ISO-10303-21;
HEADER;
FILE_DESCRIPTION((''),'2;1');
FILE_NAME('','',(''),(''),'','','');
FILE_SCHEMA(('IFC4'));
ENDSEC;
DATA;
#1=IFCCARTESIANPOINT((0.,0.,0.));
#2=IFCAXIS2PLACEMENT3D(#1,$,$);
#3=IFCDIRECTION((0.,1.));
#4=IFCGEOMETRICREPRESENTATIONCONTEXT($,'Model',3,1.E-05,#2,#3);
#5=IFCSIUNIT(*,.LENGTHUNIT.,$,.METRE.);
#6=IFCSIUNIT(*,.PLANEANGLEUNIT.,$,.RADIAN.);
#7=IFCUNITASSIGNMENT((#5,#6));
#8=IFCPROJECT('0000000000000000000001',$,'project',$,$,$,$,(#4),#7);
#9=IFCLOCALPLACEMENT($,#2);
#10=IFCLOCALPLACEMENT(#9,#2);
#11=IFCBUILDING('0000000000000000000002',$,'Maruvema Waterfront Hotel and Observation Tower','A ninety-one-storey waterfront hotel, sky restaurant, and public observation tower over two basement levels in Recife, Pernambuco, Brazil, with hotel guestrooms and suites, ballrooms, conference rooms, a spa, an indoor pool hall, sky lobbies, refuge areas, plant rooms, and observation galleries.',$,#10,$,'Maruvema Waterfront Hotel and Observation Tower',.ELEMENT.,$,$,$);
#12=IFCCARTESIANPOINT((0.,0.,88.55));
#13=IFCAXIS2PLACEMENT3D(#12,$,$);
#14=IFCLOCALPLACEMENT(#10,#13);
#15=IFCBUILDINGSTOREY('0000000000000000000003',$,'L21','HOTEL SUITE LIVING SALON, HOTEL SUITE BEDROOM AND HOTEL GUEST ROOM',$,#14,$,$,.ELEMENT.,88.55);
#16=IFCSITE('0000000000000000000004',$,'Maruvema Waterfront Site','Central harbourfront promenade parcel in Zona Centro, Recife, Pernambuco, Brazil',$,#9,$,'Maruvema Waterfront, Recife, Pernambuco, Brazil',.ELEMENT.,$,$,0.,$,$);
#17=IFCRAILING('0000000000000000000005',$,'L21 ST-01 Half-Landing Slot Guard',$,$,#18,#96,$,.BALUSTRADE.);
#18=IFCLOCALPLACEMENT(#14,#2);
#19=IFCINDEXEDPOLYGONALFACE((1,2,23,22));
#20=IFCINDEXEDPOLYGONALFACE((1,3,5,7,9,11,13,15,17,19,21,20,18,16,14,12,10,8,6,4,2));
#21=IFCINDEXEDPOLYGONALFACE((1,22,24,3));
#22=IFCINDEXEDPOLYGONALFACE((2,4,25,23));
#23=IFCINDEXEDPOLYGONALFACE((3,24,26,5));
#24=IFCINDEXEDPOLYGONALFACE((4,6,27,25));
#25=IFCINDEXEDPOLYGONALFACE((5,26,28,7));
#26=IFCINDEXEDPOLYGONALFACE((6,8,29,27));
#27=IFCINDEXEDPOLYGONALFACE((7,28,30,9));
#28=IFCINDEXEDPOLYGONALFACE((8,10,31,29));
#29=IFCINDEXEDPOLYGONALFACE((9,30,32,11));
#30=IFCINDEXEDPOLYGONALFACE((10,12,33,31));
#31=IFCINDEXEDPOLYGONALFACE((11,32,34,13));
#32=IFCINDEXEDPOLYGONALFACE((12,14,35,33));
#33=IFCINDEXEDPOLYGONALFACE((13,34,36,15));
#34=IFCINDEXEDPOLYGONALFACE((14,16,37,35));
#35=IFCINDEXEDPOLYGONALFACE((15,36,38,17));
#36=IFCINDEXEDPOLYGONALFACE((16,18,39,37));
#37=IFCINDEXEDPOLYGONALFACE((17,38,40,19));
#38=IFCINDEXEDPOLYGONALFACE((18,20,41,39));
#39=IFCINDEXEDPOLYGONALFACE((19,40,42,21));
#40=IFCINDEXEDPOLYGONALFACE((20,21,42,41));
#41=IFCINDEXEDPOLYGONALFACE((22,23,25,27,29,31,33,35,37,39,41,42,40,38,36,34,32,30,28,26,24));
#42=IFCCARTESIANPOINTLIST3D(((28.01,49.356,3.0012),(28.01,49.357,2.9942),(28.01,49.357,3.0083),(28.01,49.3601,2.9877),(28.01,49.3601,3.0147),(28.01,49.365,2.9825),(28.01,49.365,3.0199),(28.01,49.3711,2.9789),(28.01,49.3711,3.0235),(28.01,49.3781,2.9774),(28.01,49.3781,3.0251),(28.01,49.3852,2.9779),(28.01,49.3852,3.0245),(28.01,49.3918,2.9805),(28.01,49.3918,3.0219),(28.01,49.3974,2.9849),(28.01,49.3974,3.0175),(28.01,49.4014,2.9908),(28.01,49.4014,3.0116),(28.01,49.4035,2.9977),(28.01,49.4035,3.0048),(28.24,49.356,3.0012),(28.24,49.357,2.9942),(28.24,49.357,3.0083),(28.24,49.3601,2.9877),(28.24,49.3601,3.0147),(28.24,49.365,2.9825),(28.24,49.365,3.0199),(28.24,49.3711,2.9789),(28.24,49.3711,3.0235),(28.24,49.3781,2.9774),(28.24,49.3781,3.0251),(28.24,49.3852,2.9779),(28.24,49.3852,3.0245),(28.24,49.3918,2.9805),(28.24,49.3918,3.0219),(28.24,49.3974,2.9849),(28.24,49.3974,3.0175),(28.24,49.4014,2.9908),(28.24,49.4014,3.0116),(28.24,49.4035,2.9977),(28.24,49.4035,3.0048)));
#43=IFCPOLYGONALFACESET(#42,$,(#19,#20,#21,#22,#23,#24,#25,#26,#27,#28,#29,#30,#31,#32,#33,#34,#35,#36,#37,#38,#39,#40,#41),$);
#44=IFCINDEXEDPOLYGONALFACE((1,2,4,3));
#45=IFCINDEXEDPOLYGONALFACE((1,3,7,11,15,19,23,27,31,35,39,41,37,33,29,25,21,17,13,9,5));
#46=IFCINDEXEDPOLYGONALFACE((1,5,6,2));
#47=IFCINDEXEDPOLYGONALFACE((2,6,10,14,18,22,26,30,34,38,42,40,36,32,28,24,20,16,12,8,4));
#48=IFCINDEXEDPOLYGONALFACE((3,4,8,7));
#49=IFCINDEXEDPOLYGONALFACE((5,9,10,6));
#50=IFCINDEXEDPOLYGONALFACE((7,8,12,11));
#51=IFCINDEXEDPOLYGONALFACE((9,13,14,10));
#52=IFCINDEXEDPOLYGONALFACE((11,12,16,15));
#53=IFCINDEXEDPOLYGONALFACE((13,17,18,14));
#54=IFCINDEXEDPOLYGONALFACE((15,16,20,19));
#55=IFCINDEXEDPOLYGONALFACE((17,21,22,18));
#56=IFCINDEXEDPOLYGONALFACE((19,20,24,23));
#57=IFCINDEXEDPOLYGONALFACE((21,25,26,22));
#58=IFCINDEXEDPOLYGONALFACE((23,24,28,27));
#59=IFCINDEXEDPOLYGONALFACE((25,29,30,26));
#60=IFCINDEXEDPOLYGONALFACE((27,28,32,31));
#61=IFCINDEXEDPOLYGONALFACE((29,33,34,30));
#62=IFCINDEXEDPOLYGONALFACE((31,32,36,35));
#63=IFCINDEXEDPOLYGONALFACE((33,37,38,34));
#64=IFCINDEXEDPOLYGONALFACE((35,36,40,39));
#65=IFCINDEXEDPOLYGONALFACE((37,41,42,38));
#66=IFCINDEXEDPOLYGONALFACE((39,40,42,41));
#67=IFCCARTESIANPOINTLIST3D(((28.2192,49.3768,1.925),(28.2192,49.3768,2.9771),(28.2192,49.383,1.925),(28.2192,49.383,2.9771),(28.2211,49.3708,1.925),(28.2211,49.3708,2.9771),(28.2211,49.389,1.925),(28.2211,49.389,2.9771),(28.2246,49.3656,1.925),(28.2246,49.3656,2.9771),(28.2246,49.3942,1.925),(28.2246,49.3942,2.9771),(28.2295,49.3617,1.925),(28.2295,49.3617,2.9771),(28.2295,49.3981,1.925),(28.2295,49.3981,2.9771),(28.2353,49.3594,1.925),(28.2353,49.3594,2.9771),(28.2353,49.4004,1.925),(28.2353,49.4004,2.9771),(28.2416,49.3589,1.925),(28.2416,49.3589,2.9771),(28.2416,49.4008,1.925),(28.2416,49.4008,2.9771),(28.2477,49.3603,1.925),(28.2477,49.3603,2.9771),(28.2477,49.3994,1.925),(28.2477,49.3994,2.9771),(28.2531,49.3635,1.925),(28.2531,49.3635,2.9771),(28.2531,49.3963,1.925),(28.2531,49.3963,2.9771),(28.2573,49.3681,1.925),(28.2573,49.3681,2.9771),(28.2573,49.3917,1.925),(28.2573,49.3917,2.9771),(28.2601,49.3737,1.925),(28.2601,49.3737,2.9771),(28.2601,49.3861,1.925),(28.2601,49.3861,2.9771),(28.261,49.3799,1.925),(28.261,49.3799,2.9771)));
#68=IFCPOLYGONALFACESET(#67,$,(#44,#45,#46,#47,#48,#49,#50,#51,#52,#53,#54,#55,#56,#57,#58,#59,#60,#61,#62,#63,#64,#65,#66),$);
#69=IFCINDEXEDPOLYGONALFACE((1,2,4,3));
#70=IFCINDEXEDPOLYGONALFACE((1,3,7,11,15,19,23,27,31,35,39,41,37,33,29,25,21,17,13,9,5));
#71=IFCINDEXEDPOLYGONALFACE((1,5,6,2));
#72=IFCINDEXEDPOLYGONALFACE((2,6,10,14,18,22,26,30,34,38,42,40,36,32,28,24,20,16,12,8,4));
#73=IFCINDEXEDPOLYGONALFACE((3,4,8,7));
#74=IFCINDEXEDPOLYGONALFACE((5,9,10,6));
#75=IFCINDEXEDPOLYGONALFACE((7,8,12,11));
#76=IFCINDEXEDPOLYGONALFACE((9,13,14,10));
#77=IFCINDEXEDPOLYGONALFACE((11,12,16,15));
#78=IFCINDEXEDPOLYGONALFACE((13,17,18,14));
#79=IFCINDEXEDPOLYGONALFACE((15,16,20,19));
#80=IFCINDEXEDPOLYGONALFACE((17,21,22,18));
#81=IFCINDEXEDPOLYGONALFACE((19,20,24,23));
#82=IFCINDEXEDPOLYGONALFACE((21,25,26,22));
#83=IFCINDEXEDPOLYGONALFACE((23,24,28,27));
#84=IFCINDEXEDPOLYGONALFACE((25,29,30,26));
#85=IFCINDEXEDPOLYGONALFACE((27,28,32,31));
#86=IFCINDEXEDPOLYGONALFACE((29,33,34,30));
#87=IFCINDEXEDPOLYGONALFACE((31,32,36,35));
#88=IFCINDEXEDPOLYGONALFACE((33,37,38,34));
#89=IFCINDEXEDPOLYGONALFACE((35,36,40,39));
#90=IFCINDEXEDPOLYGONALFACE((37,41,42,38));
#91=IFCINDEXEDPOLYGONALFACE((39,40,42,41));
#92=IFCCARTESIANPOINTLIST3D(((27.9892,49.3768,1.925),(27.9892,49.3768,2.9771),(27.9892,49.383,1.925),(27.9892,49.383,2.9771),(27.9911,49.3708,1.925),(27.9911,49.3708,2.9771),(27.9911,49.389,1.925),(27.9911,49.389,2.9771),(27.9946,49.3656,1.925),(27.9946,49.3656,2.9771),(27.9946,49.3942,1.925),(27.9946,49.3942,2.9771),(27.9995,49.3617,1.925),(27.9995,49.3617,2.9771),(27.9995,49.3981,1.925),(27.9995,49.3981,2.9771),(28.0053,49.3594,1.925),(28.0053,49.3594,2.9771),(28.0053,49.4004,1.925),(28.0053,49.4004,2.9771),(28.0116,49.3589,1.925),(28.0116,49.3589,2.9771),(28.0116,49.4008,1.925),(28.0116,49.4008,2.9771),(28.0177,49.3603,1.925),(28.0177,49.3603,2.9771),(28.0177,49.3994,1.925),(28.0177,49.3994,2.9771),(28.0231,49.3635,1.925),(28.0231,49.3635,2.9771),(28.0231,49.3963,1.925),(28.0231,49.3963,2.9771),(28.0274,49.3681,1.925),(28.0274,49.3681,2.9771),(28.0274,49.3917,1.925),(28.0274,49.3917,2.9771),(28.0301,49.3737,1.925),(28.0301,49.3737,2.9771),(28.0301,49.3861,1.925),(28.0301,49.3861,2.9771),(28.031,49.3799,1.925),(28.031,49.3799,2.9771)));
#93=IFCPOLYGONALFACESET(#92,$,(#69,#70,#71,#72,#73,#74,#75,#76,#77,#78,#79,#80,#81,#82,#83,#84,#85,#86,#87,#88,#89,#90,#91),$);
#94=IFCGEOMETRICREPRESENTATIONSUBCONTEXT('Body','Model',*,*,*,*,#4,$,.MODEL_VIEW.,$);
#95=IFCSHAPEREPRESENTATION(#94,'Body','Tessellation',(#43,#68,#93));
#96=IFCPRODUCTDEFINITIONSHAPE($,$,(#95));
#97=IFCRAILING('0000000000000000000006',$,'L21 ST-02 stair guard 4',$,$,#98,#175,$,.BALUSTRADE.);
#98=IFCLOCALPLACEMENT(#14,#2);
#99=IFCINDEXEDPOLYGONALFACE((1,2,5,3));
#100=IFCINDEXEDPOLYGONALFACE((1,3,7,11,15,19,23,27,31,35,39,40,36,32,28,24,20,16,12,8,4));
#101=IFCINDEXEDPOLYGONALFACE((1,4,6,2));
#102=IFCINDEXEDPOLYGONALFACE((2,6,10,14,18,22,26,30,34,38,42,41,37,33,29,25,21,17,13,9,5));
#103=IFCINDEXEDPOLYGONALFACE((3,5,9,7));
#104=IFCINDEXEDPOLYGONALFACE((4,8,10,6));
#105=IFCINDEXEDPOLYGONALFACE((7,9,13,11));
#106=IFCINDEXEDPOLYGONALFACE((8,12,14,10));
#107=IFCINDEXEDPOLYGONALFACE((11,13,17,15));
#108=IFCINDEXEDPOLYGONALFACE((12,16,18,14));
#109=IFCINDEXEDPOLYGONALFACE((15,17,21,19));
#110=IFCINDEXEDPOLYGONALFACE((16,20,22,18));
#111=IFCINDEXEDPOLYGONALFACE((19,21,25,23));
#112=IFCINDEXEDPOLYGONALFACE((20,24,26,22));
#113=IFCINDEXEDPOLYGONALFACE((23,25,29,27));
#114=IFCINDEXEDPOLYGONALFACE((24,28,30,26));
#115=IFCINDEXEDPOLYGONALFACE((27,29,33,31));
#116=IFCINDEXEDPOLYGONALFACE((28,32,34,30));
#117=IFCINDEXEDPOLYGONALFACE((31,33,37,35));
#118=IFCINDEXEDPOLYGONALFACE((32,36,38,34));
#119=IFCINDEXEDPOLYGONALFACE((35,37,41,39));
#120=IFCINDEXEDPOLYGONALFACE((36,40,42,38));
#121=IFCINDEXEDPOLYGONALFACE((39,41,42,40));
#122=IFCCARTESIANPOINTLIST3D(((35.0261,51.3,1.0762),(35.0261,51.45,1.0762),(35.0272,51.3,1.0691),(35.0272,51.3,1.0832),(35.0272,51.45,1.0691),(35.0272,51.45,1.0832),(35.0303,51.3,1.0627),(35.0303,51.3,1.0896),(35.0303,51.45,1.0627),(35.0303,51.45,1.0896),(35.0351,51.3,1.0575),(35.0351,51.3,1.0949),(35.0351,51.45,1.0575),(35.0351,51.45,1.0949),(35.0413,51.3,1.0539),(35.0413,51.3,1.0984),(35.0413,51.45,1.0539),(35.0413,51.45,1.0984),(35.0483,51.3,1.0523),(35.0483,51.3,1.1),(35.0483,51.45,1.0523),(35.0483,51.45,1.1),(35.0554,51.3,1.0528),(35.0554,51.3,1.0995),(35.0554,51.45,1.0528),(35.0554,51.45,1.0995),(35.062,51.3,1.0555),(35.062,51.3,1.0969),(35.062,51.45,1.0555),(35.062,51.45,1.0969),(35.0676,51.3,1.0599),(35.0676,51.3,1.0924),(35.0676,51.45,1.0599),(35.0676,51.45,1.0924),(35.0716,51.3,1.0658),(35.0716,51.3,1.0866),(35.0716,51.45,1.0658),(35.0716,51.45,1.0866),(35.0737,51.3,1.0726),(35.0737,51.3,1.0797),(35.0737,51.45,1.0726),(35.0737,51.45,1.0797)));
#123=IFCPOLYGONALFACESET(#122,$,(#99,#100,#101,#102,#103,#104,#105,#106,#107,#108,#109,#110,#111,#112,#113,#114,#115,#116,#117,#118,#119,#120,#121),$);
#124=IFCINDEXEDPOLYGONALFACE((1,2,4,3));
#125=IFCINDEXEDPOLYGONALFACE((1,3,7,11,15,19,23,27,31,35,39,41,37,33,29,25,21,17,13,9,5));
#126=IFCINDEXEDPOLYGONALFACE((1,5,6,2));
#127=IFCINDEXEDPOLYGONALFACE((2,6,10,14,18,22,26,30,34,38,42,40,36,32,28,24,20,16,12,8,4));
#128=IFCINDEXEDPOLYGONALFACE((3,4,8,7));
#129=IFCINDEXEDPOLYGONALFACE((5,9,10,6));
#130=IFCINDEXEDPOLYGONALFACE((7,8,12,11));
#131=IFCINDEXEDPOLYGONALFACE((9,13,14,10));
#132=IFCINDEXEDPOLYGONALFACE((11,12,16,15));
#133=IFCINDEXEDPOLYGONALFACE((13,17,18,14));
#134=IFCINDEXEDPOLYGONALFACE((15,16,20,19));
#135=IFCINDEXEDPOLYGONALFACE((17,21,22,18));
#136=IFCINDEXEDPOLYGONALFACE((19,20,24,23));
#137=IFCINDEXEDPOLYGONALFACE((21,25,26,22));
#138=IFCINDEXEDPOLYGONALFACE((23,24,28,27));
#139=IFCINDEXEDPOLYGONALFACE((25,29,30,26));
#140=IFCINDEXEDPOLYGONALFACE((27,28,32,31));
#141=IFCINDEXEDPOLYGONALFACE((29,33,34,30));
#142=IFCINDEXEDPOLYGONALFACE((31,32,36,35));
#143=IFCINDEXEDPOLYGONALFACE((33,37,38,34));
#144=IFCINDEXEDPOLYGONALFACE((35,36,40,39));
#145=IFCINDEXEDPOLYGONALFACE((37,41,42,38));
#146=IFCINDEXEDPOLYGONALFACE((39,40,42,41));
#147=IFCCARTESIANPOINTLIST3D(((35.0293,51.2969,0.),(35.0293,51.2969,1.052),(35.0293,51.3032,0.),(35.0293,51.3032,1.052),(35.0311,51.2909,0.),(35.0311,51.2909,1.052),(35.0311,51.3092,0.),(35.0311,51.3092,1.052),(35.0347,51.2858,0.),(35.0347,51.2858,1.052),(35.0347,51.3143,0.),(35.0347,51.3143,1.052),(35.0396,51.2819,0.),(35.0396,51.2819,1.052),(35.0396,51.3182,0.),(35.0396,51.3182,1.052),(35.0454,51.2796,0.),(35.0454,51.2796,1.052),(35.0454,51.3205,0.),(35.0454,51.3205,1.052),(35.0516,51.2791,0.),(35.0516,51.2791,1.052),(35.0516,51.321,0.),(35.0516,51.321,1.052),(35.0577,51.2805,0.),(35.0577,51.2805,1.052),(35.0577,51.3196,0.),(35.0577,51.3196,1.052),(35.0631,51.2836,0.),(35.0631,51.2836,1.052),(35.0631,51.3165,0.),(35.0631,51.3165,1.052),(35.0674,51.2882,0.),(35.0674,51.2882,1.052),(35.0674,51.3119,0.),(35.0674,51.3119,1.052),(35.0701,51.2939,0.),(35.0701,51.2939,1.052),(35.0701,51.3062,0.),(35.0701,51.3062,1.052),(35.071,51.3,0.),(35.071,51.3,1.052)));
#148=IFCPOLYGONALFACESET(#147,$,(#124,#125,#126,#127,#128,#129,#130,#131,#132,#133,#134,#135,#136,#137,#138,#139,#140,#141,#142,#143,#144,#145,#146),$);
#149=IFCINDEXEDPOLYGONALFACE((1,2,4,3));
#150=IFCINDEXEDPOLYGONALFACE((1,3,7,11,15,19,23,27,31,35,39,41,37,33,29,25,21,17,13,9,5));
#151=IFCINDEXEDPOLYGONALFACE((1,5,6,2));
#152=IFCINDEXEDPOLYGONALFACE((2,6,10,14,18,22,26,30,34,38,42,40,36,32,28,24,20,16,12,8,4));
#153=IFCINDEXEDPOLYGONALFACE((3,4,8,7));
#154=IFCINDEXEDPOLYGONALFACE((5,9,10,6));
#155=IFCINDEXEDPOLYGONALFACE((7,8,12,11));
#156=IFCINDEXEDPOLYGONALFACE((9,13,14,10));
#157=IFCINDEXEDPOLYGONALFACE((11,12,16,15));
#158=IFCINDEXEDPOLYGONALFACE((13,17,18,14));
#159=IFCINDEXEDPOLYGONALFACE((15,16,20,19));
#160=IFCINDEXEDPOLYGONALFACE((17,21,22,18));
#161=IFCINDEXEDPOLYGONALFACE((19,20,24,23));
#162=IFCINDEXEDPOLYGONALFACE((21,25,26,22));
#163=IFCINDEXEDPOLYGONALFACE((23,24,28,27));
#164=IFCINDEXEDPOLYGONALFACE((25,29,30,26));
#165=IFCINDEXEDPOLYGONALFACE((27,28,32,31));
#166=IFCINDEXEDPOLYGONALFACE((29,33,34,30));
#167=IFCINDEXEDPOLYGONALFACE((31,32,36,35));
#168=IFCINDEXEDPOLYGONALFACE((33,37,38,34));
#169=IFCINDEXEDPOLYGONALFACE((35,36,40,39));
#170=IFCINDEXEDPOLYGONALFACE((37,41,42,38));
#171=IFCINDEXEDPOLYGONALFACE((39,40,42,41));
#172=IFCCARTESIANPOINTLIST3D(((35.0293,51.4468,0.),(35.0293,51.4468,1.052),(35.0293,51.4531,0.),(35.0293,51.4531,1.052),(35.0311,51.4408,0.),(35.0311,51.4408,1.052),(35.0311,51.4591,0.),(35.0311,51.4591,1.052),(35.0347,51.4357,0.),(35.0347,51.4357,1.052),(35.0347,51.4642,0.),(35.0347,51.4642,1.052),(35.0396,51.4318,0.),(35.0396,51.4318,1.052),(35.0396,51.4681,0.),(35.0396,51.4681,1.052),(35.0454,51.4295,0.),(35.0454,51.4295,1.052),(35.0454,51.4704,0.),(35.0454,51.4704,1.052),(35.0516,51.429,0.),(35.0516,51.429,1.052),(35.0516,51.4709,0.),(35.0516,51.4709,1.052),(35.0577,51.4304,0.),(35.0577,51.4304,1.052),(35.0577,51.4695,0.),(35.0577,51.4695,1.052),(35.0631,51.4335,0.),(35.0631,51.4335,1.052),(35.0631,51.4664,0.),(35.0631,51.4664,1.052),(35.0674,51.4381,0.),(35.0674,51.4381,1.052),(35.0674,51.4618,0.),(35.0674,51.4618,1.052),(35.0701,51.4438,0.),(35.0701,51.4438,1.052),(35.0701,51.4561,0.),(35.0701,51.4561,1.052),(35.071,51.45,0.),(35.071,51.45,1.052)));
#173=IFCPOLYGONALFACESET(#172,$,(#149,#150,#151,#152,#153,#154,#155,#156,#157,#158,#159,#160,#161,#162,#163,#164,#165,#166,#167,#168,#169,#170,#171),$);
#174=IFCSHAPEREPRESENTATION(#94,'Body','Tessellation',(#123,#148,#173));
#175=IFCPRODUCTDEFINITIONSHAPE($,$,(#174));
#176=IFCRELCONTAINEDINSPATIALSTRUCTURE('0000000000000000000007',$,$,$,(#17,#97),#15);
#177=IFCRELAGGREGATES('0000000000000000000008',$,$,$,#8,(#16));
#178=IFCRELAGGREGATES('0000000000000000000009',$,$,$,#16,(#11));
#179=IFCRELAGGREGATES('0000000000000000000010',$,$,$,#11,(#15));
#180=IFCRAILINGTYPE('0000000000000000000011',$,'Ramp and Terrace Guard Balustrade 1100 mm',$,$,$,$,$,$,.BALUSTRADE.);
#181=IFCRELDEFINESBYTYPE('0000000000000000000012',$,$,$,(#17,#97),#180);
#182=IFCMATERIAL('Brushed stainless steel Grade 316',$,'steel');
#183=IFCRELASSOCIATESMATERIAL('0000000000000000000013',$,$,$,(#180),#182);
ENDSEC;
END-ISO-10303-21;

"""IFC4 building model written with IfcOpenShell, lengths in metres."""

from ifc_helpers import new_model, si_unit, direction, frame, origin, origin_2d, place, context, subcontext, project, spatial, circle, extrude, material, type_object, element, save


model = new_model("IFC4")

# Units and contexts
model_context = context("Model", 3, precision=1e-05, world=origin(), true_north=direction((0.0, 1.0)))
body_context = subcontext(model_context, "Body", "Model", "MODEL_VIEW")
ifc_project = project(units=[si_unit("LENGTHUNIT", "METRE"), si_unit("PLANEANGLEUNIT", "RADIAN")], contexts=[model_context])

# Site, building, storey
site_placement = place(None, origin())
site = spatial("IfcSite", under=ifc_project, at=site_placement, Name="Maruvema Waterfront Site", Description="Central harbourfront promenade parcel in Zona Centro, Recife, Pernambuco, Brazil", LongName="Maruvema Waterfront, Recife, Pernambuco, Brazil", CompositionType="ELEMENT", RefElevation=0.0)
building_placement = place(site_placement, origin())
building = spatial("IfcBuilding", under=site, at=building_placement, Name="Maruvema Waterfront Hotel and Observation Tower", Description="A ninety-one-storey waterfront hotel, sky restaurant, and public observation tower over two basement levels in Recife, Pernambuco, Brazil, with hotel guestrooms and suites, ballrooms, conference rooms, a spa, an indoor pool hall, sky lobbies, refuge areas, plant rooms, and observation galleries.", LongName="Maruvema Waterfront Hotel and Observation Tower", CompositionType="ELEMENT")
storey_placement = place(building_placement, frame((0.0, 0.0, 88.55)))
storey = spatial("IfcBuildingStorey", under=building, at=storey_placement, Name="L21", Description="HOTEL SUITE LIVING SALON, HOTEL SUITE BEDROOM AND HOTEL GUEST ROOM", CompositionType="ELEMENT", Elevation=88.55)

# Railings
ifc_material_1 = material(Name="Brushed stainless steel Grade 316", Category="steel")
railing_type_1 = type_object("IfcRailingType", Name="Ramp and Terrace Guard Balustrade 1100 mm", PredefinedType="BALUSTRADE", material=ifc_material_1)
railing_1_placement = place(storey_placement, frame((28.24, 49.3799, 1.925)))
element("IfcRailing", 1, at=railing_1_placement, inside=storey, type_object=railing_type_1, Name="L21 ST-01 Half-Landing Slot Guard", PredefinedType="BALUSTRADE", context=body_context, shape_type="SweptSolid", body=[
    extrude(circle(Radius=0.0239, at=origin_2d()), frame((0.0, 0.0, 1.0762), z_axis=(-1.0, 0.0, 0.0), x_axis=(0.0, -1.0, 0.0)), (0.0, 0.0, 1.0), 0.23),
    extrude(circle(Radius=0.021, at=origin_2d()), origin(), (0.0, 0.0, 1.0), 1.052),
    extrude(circle(Radius=0.021, at=origin_2d()), frame((-0.23, 0.0, 0.0)), (0.0, 0.0, 1.0), 1.052),
])
railing_2_placement = place(storey_placement, frame((35.05, 51.3, 0.0)))
element("IfcRailing", 2, at=railing_2_placement, inside=storey, type_object=railing_type_1, Name="L21 ST-02 stair guard 4", PredefinedType="BALUSTRADE", context=body_context, shape_type="SweptSolid", body=[
    extrude(circle(Radius=0.0239, at=origin_2d()), frame((0.0, 0.0, 1.0762), z_axis=(0.0, 1.0, 0.0), x_axis=(-1.0, 0.0, 0.0)), (0.0, 0.0, 1.0), 0.1499),
    extrude(circle(Radius=0.021, at=origin_2d()), origin(), (0.0, 0.0, 1.0), 1.052),
    extrude(circle(Radius=0.021, at=origin_2d()), frame((0.0, 0.1499, 0.0)), (0.0, 0.0, 1.0), 1.052),
])

save(model, "model.ifc")
